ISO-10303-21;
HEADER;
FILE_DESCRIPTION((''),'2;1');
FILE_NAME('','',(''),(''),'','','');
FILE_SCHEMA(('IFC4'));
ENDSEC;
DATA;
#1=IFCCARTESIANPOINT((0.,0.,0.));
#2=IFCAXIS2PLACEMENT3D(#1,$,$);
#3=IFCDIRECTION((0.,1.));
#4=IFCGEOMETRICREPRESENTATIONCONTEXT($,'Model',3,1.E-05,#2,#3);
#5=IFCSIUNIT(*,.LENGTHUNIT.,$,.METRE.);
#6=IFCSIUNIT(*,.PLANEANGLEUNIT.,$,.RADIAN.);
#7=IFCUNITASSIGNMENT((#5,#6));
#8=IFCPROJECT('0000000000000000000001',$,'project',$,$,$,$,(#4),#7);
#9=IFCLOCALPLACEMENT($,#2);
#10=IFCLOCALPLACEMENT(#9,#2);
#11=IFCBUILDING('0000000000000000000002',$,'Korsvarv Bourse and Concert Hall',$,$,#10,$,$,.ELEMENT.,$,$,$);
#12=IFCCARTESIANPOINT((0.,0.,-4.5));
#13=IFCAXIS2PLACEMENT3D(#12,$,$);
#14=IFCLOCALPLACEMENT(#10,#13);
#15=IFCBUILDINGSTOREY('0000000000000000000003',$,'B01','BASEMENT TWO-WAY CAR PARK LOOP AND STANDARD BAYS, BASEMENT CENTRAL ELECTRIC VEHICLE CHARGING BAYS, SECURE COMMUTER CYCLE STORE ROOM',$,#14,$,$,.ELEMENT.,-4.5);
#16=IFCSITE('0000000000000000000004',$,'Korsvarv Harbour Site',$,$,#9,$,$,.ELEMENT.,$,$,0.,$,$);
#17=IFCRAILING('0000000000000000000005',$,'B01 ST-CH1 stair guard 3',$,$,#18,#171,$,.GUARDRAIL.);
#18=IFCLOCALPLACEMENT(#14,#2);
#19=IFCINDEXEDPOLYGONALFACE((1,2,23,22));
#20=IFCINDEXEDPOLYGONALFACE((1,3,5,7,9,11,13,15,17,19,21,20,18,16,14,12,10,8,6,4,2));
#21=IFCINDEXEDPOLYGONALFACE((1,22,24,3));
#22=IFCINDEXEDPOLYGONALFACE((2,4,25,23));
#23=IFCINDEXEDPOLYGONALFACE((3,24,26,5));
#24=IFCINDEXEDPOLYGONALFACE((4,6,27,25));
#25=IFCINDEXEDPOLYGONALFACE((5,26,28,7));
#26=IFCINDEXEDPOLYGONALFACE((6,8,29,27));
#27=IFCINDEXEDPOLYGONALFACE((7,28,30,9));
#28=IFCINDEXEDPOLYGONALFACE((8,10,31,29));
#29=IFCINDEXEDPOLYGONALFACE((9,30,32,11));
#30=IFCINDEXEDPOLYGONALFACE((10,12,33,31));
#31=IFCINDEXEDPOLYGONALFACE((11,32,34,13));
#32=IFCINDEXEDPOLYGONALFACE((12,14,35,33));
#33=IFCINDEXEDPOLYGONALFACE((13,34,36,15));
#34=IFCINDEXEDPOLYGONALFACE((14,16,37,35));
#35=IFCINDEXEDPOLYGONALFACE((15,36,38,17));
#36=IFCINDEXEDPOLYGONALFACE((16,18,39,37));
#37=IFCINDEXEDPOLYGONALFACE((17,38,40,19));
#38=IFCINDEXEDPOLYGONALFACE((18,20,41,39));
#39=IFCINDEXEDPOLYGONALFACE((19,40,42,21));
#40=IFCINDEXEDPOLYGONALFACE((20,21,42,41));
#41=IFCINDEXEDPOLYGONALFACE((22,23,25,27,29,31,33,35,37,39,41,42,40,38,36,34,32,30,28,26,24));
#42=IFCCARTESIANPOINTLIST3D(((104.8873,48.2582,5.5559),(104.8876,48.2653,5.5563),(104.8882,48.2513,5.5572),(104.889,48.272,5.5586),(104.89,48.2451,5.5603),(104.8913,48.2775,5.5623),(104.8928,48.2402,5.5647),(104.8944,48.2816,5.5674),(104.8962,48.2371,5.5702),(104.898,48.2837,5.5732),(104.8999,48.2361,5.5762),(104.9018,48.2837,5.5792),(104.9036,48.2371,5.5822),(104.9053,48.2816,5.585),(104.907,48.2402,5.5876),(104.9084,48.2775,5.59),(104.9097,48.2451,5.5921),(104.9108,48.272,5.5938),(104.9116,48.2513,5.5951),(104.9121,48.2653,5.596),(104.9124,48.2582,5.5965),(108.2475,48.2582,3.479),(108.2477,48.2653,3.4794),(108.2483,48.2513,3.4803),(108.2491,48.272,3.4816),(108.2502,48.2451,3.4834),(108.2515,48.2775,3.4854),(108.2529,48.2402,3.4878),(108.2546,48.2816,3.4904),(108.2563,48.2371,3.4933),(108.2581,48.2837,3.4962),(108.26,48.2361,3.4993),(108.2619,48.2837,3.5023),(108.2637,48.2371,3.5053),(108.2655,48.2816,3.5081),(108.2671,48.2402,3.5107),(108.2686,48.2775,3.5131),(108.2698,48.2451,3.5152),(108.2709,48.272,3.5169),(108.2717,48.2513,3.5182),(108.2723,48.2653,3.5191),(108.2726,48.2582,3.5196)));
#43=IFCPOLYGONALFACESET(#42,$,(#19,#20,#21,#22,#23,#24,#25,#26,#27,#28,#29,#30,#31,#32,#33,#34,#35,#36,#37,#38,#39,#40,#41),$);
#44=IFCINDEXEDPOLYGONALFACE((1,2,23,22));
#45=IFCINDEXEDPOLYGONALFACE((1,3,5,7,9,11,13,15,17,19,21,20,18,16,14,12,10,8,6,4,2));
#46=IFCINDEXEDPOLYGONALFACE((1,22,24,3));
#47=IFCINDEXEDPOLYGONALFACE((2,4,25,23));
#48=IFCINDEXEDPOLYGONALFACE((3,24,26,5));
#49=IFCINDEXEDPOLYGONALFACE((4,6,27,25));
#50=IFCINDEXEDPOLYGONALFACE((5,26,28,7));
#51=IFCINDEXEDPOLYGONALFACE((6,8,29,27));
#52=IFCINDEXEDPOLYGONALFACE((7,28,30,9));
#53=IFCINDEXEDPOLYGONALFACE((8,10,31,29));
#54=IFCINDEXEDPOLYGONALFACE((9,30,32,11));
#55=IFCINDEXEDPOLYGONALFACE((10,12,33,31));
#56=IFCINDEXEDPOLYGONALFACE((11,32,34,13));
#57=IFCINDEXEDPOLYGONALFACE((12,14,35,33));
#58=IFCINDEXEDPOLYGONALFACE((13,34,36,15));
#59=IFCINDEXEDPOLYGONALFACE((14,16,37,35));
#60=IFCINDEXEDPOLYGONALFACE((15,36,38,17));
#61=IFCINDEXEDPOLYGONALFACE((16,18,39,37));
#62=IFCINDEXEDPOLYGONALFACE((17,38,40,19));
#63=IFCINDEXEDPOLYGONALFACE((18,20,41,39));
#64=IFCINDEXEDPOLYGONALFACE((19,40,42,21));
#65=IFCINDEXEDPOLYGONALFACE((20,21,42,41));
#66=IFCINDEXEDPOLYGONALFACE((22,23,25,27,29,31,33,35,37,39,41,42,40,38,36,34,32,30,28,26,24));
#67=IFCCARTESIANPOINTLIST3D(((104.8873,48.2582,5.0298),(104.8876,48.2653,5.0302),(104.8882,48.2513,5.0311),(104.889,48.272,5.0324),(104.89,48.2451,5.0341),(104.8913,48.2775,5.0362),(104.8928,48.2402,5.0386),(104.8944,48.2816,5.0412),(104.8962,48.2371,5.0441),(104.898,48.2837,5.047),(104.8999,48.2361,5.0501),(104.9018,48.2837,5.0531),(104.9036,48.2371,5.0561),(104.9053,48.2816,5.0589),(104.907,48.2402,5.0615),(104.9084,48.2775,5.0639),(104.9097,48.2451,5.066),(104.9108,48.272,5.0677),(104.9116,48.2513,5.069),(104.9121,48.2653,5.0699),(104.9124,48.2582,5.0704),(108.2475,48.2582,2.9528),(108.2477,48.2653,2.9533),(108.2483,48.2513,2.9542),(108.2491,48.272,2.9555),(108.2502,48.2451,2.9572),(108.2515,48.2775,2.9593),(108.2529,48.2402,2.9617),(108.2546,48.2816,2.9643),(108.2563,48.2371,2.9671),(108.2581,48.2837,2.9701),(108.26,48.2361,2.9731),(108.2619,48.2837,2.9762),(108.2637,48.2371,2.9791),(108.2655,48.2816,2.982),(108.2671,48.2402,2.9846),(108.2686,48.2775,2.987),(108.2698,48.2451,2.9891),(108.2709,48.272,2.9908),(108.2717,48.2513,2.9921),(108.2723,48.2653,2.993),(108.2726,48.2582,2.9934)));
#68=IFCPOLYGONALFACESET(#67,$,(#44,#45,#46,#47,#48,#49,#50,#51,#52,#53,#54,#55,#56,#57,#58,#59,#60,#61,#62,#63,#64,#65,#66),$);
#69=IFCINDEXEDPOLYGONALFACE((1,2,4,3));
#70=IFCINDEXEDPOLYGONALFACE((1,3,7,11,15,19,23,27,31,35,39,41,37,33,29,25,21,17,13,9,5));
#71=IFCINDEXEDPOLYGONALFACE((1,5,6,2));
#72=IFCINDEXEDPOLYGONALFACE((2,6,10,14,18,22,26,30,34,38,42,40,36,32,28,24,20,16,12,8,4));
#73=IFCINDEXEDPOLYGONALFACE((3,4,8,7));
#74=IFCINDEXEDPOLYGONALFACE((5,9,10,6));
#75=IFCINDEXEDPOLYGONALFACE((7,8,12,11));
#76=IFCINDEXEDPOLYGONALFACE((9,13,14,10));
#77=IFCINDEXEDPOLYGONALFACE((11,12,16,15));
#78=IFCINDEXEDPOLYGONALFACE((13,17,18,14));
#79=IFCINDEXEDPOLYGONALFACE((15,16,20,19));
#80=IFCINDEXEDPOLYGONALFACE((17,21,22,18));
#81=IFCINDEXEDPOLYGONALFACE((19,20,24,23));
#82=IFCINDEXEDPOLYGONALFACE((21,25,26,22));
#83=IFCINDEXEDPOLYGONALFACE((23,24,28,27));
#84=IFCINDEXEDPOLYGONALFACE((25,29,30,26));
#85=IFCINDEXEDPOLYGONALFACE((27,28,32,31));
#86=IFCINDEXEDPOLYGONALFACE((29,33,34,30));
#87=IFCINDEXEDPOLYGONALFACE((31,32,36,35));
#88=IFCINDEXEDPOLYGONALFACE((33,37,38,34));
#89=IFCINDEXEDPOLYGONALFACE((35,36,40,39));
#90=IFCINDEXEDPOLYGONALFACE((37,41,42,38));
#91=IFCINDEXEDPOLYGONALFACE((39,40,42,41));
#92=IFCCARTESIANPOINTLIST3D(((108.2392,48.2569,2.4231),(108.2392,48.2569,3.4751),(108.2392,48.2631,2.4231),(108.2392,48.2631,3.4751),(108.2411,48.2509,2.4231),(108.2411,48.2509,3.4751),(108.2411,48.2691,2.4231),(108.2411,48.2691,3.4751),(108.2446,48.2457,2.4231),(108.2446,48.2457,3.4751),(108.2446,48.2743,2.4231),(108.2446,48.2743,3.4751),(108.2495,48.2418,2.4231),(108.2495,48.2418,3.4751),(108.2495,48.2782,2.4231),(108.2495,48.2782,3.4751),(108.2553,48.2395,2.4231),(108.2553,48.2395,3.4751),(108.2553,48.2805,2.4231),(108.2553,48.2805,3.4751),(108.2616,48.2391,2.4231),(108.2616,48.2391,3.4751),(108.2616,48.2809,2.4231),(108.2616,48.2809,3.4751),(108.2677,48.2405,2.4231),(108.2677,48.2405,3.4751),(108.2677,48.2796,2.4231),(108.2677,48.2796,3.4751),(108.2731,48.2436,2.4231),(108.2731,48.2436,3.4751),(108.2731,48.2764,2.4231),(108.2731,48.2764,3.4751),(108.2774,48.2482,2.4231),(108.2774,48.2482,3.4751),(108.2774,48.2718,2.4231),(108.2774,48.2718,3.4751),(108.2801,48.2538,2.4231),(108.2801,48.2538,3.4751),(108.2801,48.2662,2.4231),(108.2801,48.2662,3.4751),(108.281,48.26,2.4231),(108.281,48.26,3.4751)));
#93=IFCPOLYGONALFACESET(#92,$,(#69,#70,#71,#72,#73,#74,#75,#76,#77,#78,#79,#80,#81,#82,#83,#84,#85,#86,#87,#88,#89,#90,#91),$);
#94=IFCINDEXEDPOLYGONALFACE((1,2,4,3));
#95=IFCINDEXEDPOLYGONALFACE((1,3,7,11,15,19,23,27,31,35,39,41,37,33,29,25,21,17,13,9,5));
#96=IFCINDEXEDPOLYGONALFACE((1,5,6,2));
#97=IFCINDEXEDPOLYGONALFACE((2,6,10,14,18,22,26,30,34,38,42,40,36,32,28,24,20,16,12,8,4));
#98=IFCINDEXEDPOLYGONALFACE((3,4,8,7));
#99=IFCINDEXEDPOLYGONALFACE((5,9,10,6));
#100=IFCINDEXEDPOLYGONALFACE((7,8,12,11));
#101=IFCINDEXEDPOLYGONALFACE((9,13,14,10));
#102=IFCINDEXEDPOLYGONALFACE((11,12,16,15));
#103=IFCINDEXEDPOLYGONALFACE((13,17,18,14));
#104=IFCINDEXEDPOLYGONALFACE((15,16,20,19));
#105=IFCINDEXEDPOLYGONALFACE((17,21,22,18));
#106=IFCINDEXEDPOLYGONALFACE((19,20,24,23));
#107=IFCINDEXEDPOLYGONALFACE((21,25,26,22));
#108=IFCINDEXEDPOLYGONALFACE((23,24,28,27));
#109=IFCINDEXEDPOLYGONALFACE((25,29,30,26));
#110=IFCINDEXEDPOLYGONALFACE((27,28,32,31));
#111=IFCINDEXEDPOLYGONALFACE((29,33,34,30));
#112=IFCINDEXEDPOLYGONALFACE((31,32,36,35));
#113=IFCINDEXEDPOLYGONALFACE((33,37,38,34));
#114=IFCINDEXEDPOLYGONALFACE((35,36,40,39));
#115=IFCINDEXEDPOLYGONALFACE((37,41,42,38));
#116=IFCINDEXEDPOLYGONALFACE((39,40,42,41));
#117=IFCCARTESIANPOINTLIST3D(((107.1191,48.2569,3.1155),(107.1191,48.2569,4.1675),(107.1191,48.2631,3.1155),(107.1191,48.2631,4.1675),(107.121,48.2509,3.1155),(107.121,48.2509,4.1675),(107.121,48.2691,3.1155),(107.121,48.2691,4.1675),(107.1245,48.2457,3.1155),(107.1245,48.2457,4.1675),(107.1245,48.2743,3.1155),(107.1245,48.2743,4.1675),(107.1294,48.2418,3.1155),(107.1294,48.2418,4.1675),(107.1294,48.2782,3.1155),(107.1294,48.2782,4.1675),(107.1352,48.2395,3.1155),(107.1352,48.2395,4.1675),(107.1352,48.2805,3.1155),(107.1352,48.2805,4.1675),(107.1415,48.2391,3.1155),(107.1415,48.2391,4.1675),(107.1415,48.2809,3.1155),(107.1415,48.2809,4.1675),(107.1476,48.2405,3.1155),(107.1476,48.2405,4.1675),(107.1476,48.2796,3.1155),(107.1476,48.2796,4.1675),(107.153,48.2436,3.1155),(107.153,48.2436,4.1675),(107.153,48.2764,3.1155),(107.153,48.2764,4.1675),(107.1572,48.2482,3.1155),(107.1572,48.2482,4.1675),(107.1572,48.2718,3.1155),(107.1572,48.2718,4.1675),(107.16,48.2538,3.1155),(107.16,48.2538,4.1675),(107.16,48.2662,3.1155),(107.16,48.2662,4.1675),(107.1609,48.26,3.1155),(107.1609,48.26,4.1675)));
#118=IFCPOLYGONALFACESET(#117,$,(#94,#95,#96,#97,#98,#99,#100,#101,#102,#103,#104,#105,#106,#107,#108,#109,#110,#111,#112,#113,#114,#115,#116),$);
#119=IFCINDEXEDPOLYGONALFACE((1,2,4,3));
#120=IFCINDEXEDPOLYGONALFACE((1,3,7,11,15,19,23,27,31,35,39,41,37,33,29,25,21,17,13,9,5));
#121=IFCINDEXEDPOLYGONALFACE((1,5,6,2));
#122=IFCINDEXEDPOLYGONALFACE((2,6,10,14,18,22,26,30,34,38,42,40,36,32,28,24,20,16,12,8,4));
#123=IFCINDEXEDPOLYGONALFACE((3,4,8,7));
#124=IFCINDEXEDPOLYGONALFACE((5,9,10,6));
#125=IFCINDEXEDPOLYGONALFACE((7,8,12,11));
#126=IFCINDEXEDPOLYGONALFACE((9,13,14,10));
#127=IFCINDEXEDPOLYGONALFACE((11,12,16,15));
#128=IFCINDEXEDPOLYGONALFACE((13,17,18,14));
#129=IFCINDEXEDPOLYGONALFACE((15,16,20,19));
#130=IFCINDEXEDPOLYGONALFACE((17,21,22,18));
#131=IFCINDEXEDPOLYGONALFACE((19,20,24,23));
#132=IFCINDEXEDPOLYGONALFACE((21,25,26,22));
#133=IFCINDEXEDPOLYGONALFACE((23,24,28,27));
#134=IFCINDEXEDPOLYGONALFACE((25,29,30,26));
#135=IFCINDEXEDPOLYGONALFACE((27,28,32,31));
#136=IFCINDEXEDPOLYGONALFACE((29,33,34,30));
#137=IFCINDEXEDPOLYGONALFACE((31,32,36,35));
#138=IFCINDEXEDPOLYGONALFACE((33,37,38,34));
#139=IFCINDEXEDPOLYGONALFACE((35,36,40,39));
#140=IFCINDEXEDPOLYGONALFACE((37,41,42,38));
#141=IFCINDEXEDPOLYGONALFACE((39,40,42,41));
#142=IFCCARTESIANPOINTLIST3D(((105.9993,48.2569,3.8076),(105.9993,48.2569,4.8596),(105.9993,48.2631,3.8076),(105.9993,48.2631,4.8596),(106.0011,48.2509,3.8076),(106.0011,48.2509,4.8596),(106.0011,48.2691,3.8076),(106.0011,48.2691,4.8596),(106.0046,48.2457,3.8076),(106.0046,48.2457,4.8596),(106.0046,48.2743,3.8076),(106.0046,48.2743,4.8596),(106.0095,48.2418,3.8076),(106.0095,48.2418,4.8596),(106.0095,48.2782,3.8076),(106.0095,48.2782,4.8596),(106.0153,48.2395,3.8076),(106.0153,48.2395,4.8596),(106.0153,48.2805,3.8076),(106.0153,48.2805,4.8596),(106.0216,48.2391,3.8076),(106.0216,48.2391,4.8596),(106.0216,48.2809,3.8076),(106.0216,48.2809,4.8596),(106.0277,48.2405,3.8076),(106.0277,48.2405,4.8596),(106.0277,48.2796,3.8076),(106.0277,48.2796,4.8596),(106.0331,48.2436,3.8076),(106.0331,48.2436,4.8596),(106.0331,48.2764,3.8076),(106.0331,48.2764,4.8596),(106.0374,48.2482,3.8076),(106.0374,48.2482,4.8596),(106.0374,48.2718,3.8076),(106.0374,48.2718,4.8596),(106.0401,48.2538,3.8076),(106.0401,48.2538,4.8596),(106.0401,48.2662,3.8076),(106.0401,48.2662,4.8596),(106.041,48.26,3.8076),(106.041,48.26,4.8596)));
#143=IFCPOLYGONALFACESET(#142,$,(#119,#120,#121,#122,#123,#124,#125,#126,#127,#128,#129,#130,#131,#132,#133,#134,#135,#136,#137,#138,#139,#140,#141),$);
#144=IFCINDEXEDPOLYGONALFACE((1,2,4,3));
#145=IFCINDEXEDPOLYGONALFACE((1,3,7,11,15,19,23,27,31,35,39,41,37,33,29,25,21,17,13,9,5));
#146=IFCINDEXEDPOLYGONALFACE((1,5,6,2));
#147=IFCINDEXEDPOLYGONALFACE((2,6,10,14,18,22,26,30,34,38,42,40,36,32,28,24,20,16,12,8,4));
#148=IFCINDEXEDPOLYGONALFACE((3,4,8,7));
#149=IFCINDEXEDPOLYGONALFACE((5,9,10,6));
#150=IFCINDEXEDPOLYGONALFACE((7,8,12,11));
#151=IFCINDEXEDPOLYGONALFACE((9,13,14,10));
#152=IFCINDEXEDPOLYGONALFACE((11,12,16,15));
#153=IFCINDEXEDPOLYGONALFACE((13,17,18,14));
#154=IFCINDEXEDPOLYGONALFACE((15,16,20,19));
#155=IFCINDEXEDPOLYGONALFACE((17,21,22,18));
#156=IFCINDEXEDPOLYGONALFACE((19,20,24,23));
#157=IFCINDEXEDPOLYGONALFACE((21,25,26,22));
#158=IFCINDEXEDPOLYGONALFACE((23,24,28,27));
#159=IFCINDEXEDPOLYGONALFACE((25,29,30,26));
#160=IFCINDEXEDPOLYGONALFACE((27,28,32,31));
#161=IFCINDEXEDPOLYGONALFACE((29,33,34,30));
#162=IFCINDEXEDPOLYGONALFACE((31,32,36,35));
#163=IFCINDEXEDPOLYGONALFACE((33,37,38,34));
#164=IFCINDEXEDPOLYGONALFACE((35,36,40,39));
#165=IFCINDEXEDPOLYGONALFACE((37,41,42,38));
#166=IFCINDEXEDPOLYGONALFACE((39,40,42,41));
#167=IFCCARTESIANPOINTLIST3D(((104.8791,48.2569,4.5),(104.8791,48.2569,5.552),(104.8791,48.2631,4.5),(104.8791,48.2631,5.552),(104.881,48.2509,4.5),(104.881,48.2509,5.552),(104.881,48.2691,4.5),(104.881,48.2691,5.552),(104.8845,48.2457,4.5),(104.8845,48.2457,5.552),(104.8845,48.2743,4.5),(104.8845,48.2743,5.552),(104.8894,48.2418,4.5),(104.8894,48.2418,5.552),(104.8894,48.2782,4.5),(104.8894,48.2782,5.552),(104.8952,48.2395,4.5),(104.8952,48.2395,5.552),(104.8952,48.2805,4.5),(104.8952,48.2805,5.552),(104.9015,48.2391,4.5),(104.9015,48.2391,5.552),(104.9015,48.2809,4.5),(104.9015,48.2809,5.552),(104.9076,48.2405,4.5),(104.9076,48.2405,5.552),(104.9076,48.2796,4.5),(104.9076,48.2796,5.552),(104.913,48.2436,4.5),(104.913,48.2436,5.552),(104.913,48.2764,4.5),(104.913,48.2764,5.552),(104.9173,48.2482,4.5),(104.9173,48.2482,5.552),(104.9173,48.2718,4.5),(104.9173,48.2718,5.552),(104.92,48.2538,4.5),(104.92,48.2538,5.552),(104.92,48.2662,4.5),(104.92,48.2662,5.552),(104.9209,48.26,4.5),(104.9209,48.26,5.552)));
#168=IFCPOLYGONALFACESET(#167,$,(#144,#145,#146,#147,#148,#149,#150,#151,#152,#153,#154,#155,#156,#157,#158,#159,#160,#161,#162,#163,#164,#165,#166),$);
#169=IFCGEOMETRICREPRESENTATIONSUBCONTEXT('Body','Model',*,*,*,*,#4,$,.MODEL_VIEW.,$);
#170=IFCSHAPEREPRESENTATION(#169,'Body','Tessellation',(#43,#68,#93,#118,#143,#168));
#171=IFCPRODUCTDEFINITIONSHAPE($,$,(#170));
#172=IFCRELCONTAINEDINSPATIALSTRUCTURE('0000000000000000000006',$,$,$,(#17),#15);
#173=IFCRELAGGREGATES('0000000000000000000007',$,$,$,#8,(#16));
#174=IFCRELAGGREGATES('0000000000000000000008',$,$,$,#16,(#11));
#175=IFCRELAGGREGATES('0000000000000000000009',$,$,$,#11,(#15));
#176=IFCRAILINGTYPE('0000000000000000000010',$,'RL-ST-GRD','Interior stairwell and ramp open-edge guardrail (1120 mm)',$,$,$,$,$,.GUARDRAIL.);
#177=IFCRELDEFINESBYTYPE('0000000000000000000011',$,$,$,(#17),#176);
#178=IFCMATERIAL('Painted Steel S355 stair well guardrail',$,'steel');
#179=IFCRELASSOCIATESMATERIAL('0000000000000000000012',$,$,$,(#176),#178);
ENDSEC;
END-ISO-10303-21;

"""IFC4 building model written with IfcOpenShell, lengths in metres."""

from ifc_helpers import new_model, si_unit, direction, frame, origin, origin_2d, place, context, subcontext, project, spatial, circle, extrude, material, type_object, element, save


model = new_model("IFC4")

# Units and contexts
model_context = context("Model", 3, precision=1e-05, world=origin(), true_north=direction((0.0, 1.0)))
body_context = subcontext(model_context, "Body", "Model", "MODEL_VIEW")
ifc_project = project(units=[si_unit("LENGTHUNIT", "METRE"), si_unit("PLANEANGLEUNIT", "RADIAN")], contexts=[model_context])

# Site, building, storey
site_placement = place(None, origin())
site = spatial("IfcSite", under=ifc_project, at=site_placement, Name="Korsvarv Harbour Site", CompositionType="ELEMENT", RefElevation=0.0)
building_placement = place(site_placement, origin())
building = spatial("IfcBuilding", under=site, at=building_placement, Name="Korsvarv Bourse and Concert Hall", CompositionType="ELEMENT")
storey_placement = place(building_placement, frame((0.0, 0.0, -4.5)))
storey = spatial("IfcBuildingStorey", under=building, at=storey_placement, Name="B01", Description="BASEMENT TWO-WAY CAR PARK LOOP AND STANDARD BAYS, BASEMENT CENTRAL ELECTRIC VEHICLE CHARGING BAYS, SECURE COMMUTER CYCLE STORE ROOM", CompositionType="ELEMENT", Elevation=-4.5)

# Railing
ifc_material_1 = material(Name="Painted Steel S355 stair well guardrail", Category="steel")
railing_type_1 = type_object("IfcRailingType", Name="RL-ST-GRD", Description="Interior stairwell and ramp open-edge guardrail (1120 mm)", PredefinedType="GUARDRAIL", material=ifc_material_1)
railing_1_placement = place(storey_placement, frame((108.26, 48.26, 2.4231)))
element("IfcRailing", 1, at=railing_1_placement, inside=storey, type_object=railing_type_1, Name="B01 ST-CH1 stair guard 3", PredefinedType="GUARDRAIL", context=body_context, shape_type="SweptSolid", body=[
    extrude(circle(Radius=0.0239, at=origin_2d()), frame((0.0, 0.0, 1.0762), z_axis=(-0.850623, 0.0, 0.525776), x_axis=(0.0, -1.0, 0.0)), (0.0, 0.0, 1.0), 3.9502),
    extrude(circle(Radius=0.0239, at=origin_2d()), frame((0.0, 0.0, 0.55), z_axis=(-0.850623, 0.0, 0.525776), x_axis=(0.0, -1.0, 0.0)), (0.0, 0.0, 1.0), 3.9502),
    extrude(circle(Radius=0.021, at=origin_2d()), origin(), (0.0, 0.0, 1.0), 1.052),
    extrude(circle(Radius=0.021, at=origin_2d()), frame((-1.1201, 0.0, 0.6924)), (0.0, 0.0, 1.0), 1.052),
    extrude(circle(Radius=0.021, at=origin_2d()), frame((-2.24, 0.0, 1.3845)), (0.0, 0.0, 1.0), 1.052),
    extrude(circle(Radius=0.021, at=origin_2d()), frame((-3.3601, 0.0, 2.0769)), (0.0, 0.0, 1.0), 1.052),
])

save(model, "model.ifc")
